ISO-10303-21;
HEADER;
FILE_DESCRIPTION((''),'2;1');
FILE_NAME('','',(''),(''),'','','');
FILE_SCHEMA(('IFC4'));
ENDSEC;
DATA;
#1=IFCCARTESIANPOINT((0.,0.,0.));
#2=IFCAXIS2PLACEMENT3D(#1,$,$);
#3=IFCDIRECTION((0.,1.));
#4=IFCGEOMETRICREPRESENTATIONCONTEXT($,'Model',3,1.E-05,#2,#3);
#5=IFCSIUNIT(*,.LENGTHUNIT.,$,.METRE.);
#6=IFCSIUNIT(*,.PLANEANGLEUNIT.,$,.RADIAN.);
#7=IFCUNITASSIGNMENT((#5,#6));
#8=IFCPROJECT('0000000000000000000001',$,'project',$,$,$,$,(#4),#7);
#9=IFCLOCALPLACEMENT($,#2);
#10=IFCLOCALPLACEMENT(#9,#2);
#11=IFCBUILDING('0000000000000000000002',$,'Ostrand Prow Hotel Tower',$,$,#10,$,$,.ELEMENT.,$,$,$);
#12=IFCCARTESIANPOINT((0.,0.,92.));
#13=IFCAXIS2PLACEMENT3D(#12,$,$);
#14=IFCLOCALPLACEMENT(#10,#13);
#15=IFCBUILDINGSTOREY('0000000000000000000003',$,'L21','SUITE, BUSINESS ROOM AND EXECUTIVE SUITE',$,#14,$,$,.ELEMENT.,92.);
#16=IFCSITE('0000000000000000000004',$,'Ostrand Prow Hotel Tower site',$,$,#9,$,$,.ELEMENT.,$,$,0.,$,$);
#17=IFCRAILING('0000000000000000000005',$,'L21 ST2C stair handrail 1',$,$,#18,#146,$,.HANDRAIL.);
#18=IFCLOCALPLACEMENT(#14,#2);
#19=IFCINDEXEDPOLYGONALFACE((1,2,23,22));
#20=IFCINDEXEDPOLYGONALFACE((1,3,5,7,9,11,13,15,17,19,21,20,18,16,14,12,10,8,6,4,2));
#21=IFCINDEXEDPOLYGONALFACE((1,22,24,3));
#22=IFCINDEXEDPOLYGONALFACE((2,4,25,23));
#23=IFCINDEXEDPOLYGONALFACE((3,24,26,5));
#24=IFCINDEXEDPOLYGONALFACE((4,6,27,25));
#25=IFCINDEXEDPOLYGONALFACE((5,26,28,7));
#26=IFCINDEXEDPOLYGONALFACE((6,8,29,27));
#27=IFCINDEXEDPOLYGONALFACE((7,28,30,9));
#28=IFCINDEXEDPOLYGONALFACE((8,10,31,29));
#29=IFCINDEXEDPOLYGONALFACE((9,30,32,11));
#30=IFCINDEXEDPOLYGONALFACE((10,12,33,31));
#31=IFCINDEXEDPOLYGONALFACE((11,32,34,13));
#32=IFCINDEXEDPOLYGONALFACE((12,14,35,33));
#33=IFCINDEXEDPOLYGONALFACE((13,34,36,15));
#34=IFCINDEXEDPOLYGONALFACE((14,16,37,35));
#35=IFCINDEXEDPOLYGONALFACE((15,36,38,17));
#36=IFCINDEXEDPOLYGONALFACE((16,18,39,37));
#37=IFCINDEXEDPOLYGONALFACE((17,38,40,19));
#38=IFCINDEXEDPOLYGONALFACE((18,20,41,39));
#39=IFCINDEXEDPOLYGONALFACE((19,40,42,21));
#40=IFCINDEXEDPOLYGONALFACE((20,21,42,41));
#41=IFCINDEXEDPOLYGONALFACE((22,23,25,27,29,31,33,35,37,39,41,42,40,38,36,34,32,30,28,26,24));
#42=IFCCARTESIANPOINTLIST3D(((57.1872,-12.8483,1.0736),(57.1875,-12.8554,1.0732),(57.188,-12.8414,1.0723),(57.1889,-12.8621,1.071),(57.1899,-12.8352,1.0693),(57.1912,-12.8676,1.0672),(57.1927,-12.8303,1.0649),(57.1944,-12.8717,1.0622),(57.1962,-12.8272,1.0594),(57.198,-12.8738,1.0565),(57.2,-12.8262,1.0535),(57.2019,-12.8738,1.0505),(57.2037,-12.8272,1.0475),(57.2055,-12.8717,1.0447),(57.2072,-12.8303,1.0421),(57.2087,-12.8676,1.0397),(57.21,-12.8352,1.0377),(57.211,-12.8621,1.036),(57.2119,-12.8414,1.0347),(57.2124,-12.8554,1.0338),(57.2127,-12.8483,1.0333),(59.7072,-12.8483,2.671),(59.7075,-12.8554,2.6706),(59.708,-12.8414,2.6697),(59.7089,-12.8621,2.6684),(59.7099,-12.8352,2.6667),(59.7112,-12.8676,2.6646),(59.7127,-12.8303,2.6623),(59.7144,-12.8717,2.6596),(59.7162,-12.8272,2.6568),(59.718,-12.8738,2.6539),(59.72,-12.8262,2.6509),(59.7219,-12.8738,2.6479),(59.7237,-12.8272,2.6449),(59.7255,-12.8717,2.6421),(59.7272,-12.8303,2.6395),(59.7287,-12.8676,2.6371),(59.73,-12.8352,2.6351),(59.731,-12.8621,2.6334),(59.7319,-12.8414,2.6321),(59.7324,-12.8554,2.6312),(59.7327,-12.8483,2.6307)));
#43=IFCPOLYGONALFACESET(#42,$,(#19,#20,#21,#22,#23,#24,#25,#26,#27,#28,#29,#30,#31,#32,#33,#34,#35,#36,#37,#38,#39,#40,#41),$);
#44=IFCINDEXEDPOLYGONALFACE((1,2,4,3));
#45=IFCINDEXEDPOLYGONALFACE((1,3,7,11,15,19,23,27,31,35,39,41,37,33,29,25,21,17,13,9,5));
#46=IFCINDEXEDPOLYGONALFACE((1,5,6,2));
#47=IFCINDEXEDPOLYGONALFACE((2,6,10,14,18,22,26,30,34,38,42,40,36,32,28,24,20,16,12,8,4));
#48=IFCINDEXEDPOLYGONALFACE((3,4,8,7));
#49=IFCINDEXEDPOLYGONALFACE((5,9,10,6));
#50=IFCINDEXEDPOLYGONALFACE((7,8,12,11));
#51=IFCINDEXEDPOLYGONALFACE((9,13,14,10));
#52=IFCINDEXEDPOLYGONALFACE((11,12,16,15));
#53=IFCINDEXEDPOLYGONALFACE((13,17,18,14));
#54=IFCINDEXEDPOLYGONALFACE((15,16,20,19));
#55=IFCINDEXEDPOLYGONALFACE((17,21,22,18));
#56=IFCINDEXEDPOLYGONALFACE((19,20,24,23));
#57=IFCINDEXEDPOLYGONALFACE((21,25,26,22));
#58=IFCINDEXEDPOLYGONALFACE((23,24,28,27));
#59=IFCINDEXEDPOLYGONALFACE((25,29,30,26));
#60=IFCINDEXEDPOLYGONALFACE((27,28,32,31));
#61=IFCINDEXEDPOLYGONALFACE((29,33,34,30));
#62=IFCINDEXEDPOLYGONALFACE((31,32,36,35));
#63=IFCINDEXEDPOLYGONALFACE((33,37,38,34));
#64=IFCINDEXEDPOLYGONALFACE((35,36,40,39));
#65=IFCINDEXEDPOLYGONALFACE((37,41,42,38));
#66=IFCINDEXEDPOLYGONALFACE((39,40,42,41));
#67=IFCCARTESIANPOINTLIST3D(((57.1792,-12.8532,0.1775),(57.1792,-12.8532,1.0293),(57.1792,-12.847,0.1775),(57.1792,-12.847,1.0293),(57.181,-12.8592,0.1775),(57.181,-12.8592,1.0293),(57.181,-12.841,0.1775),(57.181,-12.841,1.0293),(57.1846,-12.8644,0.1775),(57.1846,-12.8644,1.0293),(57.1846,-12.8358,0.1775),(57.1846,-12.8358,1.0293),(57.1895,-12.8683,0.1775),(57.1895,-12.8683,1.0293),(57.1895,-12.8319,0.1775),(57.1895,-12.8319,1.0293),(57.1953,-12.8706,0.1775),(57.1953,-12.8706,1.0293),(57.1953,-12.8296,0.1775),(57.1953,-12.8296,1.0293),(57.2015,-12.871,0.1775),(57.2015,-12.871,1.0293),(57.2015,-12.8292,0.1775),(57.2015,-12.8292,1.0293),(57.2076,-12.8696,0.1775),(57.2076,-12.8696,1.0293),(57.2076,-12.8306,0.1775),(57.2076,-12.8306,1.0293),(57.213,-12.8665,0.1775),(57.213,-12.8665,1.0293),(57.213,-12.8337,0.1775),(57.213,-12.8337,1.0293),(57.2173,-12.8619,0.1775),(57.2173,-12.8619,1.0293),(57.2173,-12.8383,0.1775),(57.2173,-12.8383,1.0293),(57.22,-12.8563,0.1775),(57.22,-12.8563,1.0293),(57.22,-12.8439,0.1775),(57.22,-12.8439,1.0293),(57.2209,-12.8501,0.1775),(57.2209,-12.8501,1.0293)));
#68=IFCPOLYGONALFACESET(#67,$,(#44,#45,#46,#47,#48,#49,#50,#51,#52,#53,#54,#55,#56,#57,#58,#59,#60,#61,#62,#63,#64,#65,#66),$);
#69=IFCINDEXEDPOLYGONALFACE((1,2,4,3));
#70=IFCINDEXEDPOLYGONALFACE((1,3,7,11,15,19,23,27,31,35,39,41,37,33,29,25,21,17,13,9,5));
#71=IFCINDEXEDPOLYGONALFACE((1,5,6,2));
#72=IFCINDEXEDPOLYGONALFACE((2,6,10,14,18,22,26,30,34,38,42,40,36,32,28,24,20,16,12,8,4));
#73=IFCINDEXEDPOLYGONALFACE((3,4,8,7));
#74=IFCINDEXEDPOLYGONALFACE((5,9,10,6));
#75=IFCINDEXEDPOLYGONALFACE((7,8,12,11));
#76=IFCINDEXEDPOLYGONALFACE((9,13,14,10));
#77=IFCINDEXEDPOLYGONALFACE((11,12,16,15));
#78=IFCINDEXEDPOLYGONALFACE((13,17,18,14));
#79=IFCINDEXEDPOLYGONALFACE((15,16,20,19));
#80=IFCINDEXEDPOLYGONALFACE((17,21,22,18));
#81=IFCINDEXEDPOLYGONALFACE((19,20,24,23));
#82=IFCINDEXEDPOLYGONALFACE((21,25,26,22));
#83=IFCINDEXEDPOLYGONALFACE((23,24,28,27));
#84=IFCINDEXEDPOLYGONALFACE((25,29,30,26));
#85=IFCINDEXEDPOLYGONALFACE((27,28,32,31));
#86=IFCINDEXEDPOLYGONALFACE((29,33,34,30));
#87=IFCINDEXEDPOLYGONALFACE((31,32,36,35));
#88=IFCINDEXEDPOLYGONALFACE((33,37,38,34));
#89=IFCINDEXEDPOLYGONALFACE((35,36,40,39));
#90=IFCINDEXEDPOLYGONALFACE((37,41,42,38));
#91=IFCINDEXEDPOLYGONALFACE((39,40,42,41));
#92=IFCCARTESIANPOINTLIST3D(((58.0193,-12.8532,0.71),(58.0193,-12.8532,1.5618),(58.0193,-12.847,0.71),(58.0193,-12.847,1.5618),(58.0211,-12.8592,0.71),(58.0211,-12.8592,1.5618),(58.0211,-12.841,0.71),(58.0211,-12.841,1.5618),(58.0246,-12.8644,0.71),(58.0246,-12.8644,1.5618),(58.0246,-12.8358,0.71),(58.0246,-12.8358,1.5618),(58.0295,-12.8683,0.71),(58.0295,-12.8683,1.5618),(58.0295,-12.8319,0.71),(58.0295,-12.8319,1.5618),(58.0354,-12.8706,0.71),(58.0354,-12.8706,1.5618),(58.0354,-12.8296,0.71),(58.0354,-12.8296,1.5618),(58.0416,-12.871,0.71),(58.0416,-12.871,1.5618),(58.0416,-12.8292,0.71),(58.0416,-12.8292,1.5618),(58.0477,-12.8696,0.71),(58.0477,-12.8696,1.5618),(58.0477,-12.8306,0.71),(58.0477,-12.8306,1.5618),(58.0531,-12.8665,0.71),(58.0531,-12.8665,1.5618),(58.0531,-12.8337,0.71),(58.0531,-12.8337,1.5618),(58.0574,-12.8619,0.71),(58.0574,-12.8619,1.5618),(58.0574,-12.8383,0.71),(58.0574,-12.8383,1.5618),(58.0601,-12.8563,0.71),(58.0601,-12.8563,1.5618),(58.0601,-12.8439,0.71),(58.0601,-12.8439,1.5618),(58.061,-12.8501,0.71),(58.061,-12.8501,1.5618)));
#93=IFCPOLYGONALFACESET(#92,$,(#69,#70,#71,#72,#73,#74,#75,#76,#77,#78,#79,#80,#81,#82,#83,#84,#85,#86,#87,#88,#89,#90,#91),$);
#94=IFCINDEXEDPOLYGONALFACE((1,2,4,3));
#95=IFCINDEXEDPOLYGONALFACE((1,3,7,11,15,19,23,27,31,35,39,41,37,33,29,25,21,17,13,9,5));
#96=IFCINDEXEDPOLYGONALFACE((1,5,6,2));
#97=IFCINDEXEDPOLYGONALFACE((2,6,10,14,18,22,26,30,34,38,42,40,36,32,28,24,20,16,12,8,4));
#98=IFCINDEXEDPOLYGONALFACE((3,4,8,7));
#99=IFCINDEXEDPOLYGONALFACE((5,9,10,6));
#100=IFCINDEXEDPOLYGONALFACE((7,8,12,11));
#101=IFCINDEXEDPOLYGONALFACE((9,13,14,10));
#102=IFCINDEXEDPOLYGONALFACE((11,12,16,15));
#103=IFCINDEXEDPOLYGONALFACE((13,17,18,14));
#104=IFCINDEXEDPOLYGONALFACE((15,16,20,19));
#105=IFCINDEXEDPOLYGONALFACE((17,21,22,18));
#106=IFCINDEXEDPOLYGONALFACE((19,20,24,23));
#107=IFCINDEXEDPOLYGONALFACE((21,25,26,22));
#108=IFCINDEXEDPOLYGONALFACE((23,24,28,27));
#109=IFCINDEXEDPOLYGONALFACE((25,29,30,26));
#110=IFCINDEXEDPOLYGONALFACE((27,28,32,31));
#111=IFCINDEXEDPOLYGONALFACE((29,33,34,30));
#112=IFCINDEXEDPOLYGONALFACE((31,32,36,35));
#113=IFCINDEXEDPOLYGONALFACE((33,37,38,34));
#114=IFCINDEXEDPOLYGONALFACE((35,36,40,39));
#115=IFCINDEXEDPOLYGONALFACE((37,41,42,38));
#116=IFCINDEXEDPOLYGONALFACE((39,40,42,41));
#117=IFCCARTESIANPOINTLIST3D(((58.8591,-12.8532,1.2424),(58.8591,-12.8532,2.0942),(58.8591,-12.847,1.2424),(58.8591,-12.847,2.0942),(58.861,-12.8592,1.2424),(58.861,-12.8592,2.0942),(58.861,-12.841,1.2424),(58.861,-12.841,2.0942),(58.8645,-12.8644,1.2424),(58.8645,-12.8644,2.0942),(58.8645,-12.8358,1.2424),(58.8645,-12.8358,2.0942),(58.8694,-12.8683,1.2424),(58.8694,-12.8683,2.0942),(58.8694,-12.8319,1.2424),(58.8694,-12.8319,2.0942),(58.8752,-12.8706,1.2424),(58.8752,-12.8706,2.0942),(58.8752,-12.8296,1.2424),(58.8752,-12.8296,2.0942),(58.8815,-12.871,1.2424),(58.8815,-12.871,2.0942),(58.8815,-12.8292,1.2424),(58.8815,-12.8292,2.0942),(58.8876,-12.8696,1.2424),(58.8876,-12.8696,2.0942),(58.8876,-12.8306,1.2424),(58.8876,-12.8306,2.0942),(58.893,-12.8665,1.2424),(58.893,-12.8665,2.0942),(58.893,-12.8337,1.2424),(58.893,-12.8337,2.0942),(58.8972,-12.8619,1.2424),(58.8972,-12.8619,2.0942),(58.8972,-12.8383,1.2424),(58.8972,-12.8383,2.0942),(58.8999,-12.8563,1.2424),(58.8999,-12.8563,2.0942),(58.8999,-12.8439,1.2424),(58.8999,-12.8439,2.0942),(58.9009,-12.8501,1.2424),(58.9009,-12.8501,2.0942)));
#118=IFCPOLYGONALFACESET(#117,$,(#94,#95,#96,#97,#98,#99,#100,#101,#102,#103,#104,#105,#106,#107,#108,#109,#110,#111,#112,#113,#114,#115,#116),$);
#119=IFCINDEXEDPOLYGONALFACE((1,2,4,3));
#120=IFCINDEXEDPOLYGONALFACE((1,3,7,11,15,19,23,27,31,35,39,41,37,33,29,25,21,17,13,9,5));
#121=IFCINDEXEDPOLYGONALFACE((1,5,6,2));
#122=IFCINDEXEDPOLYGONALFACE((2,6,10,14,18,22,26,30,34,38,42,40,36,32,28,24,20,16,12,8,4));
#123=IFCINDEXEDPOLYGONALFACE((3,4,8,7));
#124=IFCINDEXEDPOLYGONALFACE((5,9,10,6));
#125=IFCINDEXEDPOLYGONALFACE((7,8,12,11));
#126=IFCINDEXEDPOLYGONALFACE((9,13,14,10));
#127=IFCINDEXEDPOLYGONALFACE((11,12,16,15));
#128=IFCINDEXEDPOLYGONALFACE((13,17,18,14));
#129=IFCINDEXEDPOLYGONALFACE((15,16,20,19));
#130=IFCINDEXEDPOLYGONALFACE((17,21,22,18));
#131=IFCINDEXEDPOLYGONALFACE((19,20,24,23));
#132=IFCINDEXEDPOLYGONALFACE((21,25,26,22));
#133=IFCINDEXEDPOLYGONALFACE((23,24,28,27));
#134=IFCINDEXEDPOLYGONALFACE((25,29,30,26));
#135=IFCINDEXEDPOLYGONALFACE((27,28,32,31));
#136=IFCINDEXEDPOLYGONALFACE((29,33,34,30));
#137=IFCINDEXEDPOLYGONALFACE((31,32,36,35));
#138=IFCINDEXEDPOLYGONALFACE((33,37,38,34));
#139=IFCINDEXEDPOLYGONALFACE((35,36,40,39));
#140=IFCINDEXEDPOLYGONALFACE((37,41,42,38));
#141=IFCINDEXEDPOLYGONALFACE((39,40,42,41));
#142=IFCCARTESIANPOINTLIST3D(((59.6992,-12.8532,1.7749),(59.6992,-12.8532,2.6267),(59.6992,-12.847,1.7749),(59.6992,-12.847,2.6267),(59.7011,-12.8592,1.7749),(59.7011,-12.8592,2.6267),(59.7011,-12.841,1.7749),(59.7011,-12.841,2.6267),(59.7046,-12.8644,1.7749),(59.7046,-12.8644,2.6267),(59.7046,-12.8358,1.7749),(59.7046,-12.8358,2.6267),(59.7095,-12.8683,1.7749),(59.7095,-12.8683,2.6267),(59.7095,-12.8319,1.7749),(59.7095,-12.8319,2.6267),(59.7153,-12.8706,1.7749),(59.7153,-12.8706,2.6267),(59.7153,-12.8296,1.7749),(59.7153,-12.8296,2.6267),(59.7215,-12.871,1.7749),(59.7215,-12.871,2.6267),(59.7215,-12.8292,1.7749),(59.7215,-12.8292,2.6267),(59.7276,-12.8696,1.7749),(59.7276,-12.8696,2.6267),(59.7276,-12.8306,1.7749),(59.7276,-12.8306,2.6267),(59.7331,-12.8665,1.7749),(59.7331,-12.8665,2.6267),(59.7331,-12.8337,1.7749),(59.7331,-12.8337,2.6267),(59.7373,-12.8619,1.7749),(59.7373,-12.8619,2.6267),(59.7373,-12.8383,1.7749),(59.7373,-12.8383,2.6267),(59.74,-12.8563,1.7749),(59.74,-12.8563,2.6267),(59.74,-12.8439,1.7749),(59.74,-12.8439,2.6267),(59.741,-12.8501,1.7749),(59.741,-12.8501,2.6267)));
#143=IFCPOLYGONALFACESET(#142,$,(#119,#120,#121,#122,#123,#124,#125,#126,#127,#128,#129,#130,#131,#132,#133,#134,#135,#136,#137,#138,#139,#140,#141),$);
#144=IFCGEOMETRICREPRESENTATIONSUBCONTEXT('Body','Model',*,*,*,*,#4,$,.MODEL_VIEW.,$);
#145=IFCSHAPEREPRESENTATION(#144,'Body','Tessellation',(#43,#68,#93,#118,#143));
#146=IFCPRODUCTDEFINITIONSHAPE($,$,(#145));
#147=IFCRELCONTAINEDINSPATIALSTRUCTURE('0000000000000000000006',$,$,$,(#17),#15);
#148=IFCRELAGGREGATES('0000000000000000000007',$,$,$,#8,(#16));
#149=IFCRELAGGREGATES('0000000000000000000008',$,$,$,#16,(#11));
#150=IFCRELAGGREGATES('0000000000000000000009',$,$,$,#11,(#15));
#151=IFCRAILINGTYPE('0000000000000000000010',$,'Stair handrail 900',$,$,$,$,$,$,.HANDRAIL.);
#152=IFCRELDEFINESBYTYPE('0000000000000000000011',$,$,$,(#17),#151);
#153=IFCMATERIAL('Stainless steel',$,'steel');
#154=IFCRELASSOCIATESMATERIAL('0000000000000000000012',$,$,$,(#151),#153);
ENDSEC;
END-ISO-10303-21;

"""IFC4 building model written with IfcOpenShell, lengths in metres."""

from ifc_helpers import new_model, si_unit, direction, frame, origin, origin_2d, place, context, subcontext, project, spatial, circle, extrude, material, type_object, element, save


model = new_model("IFC4")

# Units and contexts
model_context = context("Model", 3, precision=1e-05, world=origin(), true_north=direction((0.0, 1.0)))
body_context = subcontext(model_context, "Body", "Model", "MODEL_VIEW")
ifc_project = project(units=[si_unit("LENGTHUNIT", "METRE"), si_unit("PLANEANGLEUNIT", "RADIAN")], contexts=[model_context])

# Site, building, storey
site_placement = place(None, origin())
site = spatial("IfcSite", under=ifc_project, at=site_placement, Name="Ostrand Prow Hotel Tower site", CompositionType="ELEMENT", RefElevation=0.0)
building_placement = place(site_placement, origin())
building = spatial("IfcBuilding", under=site, at=building_placement, Name="Ostrand Prow Hotel Tower", CompositionType="ELEMENT")
storey_placement = place(building_placement, frame((0.0, 0.0, 92.0)))
storey = spatial("IfcBuildingStorey", under=building, at=storey_placement, Name="L21", Description="SUITE, BUSINESS ROOM AND EXECUTIVE SUITE", CompositionType="ELEMENT", Elevation=92.0)

# Railing
ifc_material_1 = material(Name="Stainless steel", Category="steel")
railing_type_1 = type_object("IfcRailingType", Name="Stair handrail 900", PredefinedType="HANDRAIL", material=ifc_material_1)
railing_1_placement = place(storey_placement, frame((57.2, -12.8501, 0.1775)))
element("IfcRailing", 1, at=railing_1_placement, inside=storey, type_object=railing_type_1, Name="L21 ST2C stair handrail 1", PredefinedType="HANDRAIL", context=body_context, shape_type="SweptSolid", body=[
    extrude(circle(Radius=0.0239, at=origin_2d()), frame((0.0, 0.0, 0.876), z_axis=(0.844607, 0.0, 0.535387), x_axis=(0.0, 1.0, 0.0)), (0.0, 0.0, 1.0), 2.9836),
    extrude(circle(Radius=0.021, at=origin_2d()), origin(), (0.0, 0.0, 1.0), 0.8518),
    extrude(circle(Radius=0.021, at=origin_2d()), frame((0.8401, 0.0, 0.5325)), (0.0, 0.0, 1.0), 0.8518),
    extrude(circle(Radius=0.021, at=origin_2d()), frame((1.6799, 0.0, 1.0649)), (0.0, 0.0, 1.0), 0.8518),
    extrude(circle(Radius=0.021, at=origin_2d()), frame((2.52, 0.0, 1.5974)), (0.0, 0.0, 1.0), 0.8518),
])

save(model, "model.ifc")
